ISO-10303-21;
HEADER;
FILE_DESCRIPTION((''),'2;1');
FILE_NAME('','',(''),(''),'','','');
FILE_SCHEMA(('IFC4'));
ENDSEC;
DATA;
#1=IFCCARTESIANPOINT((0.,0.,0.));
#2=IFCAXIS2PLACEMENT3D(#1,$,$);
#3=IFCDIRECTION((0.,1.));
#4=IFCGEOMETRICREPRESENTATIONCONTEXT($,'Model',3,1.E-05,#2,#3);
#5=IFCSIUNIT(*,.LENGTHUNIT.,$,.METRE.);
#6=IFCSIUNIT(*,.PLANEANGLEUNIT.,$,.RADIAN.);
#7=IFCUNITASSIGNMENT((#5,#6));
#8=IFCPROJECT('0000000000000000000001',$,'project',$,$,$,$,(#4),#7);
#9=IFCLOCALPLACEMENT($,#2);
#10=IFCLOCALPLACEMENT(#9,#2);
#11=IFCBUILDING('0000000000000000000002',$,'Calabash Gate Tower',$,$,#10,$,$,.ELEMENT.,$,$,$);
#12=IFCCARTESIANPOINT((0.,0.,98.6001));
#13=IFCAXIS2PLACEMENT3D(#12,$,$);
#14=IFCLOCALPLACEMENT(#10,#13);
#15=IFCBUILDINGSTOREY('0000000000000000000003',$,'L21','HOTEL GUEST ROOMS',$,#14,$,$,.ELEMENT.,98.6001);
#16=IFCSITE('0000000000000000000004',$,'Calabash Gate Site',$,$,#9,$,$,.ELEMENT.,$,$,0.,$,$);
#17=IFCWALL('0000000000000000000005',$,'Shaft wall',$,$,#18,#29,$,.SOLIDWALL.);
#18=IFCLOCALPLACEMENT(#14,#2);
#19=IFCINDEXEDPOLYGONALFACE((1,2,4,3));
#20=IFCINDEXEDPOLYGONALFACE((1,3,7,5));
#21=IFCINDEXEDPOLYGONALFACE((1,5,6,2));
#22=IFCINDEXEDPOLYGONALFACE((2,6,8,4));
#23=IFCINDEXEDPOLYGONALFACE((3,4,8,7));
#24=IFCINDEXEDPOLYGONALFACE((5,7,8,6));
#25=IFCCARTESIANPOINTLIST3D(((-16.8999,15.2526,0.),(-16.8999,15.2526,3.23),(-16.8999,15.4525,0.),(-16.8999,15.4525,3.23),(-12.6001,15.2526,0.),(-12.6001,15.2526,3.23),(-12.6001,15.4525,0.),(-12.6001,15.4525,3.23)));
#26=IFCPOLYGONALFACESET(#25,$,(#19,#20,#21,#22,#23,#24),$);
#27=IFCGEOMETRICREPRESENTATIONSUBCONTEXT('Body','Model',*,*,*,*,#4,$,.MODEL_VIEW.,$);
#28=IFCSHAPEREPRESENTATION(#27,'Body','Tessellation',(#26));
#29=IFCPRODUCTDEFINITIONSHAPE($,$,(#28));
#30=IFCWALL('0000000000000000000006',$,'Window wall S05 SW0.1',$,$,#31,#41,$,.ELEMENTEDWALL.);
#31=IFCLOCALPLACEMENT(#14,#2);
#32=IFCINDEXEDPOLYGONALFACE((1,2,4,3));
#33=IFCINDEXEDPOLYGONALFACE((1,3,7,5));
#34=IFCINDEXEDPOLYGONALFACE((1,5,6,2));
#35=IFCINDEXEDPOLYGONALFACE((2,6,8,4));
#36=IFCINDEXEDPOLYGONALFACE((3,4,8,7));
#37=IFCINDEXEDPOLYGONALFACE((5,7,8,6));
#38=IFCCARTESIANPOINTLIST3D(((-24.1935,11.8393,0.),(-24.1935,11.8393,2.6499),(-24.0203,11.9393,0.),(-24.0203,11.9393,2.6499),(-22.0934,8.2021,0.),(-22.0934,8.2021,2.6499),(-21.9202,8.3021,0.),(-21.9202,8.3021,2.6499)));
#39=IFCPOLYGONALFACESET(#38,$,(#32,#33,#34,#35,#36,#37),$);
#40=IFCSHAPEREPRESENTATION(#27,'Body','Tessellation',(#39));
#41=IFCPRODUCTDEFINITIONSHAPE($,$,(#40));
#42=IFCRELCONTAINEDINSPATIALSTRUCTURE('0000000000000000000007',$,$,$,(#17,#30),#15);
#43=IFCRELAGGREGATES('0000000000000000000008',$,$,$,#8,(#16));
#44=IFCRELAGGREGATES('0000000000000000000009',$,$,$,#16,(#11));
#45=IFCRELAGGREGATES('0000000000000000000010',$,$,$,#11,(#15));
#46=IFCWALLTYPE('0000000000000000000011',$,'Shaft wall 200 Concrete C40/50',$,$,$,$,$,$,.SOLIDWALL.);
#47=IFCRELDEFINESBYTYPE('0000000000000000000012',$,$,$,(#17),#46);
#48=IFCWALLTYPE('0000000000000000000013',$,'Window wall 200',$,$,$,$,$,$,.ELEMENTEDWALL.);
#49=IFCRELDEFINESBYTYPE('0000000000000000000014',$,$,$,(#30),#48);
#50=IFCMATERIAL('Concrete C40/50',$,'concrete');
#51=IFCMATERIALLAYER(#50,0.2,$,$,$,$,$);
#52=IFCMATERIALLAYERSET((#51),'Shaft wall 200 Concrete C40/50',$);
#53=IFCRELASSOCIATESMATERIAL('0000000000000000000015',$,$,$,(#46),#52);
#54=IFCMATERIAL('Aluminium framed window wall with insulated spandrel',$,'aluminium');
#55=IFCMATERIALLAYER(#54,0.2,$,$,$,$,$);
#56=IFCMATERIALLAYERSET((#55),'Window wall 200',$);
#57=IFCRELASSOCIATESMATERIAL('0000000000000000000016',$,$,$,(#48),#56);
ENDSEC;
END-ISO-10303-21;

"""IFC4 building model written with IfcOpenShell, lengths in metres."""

from ifc_helpers import new_model, si_unit, direction, frame, frame_2d, origin, place, context, subcontext, project, spatial, rectangle, extrude, material, layer, layer_set, type_object, element, save


model = new_model("IFC4")

# Units and contexts
model_context = context("Model", 3, precision=1e-05, world=origin(), true_north=direction((0.0, 1.0)))
body_context = subcontext(model_context, "Body", "Model", "MODEL_VIEW")
ifc_project = project(units=[si_unit("LENGTHUNIT", "METRE"), si_unit("PLANEANGLEUNIT", "RADIAN")], contexts=[model_context])

# Site, building, storey
site_placement = place(None, origin())
site = spatial("IfcSite", under=ifc_project, at=site_placement, Name="Calabash Gate Site", CompositionType="ELEMENT", RefElevation=0.0)
building_placement = place(site_placement, origin())
building = spatial("IfcBuilding", under=site, at=building_placement, Name="Calabash Gate Tower", CompositionType="ELEMENT")
storey_placement = place(building_placement, frame((0.0, 0.0, 98.6001)))
storey = spatial("IfcBuildingStorey", under=building, at=storey_placement, Name="L21", Description="HOTEL GUEST ROOMS", CompositionType="ELEMENT", Elevation=98.6001)

# Shared definitions
ifc_material_1 = material(Name="Concrete C40/50", Category="concrete")
ifc_layer_1 = layer(ifc_material_1, 0.2)
ifc_layer_set_1 = layer_set([ifc_layer_1], Name="Shaft wall 200 Concrete C40/50")
wall_type_1 = type_object("IfcWallType", Name="Shaft wall 200 Concrete C40/50", PredefinedType="SOLIDWALL", material=ifc_layer_set_1)

# Walls
wall_1_placement = place(storey_placement, frame((-16.8999, 15.3525, 0.0), z_axis=(0.0, 0.0, 1.0), x_axis=(1.0, 0.0, 0.0)))
element("IfcWall", 1, at=wall_1_placement, inside=storey, type_object=wall_type_1, Name="Shaft wall", PredefinedType="SOLIDWALL", context=body_context, shape_type="SweptSolid", body=[
    extrude(rectangle(XDim=4.2998, YDim=0.2, at=frame_2d((2.1499, 0.0))), origin(), (0.0, 0.0, 1.0), 3.23),
])
ifc_material_2 = material(Name="Aluminium framed window wall with insulated spandrel", Category="aluminium")
ifc_layer_2 = layer(ifc_material_2, 0.2)
ifc_layer_set_2 = layer_set([ifc_layer_2], Name="Window wall 200")
wall_type_2 = type_object("IfcWallType", Name="Window wall 200", PredefinedType="ELEMENTEDWALL", material=ifc_layer_set_2)
wall_2_placement = place(storey_placement, frame((-24.1069, 11.8894, 0.0), z_axis=(0.0, 0.0, 1.0), x_axis=(0.500028, -0.866009, 0.0)))
element("IfcWall", 2, at=wall_2_placement, inside=storey, type_object=wall_type_2, Name="Window wall S05 SW0.1", PredefinedType="ELEMENTEDWALL", context=body_context, shape_type="SweptSolid", body=[
    extrude(rectangle(XDim=4.2, YDim=0.2, at=frame_2d((2.1001, 0.0))), origin(), (0.0, 0.0, 1.0), 2.6499),
])

save(model, "model.ifc")
